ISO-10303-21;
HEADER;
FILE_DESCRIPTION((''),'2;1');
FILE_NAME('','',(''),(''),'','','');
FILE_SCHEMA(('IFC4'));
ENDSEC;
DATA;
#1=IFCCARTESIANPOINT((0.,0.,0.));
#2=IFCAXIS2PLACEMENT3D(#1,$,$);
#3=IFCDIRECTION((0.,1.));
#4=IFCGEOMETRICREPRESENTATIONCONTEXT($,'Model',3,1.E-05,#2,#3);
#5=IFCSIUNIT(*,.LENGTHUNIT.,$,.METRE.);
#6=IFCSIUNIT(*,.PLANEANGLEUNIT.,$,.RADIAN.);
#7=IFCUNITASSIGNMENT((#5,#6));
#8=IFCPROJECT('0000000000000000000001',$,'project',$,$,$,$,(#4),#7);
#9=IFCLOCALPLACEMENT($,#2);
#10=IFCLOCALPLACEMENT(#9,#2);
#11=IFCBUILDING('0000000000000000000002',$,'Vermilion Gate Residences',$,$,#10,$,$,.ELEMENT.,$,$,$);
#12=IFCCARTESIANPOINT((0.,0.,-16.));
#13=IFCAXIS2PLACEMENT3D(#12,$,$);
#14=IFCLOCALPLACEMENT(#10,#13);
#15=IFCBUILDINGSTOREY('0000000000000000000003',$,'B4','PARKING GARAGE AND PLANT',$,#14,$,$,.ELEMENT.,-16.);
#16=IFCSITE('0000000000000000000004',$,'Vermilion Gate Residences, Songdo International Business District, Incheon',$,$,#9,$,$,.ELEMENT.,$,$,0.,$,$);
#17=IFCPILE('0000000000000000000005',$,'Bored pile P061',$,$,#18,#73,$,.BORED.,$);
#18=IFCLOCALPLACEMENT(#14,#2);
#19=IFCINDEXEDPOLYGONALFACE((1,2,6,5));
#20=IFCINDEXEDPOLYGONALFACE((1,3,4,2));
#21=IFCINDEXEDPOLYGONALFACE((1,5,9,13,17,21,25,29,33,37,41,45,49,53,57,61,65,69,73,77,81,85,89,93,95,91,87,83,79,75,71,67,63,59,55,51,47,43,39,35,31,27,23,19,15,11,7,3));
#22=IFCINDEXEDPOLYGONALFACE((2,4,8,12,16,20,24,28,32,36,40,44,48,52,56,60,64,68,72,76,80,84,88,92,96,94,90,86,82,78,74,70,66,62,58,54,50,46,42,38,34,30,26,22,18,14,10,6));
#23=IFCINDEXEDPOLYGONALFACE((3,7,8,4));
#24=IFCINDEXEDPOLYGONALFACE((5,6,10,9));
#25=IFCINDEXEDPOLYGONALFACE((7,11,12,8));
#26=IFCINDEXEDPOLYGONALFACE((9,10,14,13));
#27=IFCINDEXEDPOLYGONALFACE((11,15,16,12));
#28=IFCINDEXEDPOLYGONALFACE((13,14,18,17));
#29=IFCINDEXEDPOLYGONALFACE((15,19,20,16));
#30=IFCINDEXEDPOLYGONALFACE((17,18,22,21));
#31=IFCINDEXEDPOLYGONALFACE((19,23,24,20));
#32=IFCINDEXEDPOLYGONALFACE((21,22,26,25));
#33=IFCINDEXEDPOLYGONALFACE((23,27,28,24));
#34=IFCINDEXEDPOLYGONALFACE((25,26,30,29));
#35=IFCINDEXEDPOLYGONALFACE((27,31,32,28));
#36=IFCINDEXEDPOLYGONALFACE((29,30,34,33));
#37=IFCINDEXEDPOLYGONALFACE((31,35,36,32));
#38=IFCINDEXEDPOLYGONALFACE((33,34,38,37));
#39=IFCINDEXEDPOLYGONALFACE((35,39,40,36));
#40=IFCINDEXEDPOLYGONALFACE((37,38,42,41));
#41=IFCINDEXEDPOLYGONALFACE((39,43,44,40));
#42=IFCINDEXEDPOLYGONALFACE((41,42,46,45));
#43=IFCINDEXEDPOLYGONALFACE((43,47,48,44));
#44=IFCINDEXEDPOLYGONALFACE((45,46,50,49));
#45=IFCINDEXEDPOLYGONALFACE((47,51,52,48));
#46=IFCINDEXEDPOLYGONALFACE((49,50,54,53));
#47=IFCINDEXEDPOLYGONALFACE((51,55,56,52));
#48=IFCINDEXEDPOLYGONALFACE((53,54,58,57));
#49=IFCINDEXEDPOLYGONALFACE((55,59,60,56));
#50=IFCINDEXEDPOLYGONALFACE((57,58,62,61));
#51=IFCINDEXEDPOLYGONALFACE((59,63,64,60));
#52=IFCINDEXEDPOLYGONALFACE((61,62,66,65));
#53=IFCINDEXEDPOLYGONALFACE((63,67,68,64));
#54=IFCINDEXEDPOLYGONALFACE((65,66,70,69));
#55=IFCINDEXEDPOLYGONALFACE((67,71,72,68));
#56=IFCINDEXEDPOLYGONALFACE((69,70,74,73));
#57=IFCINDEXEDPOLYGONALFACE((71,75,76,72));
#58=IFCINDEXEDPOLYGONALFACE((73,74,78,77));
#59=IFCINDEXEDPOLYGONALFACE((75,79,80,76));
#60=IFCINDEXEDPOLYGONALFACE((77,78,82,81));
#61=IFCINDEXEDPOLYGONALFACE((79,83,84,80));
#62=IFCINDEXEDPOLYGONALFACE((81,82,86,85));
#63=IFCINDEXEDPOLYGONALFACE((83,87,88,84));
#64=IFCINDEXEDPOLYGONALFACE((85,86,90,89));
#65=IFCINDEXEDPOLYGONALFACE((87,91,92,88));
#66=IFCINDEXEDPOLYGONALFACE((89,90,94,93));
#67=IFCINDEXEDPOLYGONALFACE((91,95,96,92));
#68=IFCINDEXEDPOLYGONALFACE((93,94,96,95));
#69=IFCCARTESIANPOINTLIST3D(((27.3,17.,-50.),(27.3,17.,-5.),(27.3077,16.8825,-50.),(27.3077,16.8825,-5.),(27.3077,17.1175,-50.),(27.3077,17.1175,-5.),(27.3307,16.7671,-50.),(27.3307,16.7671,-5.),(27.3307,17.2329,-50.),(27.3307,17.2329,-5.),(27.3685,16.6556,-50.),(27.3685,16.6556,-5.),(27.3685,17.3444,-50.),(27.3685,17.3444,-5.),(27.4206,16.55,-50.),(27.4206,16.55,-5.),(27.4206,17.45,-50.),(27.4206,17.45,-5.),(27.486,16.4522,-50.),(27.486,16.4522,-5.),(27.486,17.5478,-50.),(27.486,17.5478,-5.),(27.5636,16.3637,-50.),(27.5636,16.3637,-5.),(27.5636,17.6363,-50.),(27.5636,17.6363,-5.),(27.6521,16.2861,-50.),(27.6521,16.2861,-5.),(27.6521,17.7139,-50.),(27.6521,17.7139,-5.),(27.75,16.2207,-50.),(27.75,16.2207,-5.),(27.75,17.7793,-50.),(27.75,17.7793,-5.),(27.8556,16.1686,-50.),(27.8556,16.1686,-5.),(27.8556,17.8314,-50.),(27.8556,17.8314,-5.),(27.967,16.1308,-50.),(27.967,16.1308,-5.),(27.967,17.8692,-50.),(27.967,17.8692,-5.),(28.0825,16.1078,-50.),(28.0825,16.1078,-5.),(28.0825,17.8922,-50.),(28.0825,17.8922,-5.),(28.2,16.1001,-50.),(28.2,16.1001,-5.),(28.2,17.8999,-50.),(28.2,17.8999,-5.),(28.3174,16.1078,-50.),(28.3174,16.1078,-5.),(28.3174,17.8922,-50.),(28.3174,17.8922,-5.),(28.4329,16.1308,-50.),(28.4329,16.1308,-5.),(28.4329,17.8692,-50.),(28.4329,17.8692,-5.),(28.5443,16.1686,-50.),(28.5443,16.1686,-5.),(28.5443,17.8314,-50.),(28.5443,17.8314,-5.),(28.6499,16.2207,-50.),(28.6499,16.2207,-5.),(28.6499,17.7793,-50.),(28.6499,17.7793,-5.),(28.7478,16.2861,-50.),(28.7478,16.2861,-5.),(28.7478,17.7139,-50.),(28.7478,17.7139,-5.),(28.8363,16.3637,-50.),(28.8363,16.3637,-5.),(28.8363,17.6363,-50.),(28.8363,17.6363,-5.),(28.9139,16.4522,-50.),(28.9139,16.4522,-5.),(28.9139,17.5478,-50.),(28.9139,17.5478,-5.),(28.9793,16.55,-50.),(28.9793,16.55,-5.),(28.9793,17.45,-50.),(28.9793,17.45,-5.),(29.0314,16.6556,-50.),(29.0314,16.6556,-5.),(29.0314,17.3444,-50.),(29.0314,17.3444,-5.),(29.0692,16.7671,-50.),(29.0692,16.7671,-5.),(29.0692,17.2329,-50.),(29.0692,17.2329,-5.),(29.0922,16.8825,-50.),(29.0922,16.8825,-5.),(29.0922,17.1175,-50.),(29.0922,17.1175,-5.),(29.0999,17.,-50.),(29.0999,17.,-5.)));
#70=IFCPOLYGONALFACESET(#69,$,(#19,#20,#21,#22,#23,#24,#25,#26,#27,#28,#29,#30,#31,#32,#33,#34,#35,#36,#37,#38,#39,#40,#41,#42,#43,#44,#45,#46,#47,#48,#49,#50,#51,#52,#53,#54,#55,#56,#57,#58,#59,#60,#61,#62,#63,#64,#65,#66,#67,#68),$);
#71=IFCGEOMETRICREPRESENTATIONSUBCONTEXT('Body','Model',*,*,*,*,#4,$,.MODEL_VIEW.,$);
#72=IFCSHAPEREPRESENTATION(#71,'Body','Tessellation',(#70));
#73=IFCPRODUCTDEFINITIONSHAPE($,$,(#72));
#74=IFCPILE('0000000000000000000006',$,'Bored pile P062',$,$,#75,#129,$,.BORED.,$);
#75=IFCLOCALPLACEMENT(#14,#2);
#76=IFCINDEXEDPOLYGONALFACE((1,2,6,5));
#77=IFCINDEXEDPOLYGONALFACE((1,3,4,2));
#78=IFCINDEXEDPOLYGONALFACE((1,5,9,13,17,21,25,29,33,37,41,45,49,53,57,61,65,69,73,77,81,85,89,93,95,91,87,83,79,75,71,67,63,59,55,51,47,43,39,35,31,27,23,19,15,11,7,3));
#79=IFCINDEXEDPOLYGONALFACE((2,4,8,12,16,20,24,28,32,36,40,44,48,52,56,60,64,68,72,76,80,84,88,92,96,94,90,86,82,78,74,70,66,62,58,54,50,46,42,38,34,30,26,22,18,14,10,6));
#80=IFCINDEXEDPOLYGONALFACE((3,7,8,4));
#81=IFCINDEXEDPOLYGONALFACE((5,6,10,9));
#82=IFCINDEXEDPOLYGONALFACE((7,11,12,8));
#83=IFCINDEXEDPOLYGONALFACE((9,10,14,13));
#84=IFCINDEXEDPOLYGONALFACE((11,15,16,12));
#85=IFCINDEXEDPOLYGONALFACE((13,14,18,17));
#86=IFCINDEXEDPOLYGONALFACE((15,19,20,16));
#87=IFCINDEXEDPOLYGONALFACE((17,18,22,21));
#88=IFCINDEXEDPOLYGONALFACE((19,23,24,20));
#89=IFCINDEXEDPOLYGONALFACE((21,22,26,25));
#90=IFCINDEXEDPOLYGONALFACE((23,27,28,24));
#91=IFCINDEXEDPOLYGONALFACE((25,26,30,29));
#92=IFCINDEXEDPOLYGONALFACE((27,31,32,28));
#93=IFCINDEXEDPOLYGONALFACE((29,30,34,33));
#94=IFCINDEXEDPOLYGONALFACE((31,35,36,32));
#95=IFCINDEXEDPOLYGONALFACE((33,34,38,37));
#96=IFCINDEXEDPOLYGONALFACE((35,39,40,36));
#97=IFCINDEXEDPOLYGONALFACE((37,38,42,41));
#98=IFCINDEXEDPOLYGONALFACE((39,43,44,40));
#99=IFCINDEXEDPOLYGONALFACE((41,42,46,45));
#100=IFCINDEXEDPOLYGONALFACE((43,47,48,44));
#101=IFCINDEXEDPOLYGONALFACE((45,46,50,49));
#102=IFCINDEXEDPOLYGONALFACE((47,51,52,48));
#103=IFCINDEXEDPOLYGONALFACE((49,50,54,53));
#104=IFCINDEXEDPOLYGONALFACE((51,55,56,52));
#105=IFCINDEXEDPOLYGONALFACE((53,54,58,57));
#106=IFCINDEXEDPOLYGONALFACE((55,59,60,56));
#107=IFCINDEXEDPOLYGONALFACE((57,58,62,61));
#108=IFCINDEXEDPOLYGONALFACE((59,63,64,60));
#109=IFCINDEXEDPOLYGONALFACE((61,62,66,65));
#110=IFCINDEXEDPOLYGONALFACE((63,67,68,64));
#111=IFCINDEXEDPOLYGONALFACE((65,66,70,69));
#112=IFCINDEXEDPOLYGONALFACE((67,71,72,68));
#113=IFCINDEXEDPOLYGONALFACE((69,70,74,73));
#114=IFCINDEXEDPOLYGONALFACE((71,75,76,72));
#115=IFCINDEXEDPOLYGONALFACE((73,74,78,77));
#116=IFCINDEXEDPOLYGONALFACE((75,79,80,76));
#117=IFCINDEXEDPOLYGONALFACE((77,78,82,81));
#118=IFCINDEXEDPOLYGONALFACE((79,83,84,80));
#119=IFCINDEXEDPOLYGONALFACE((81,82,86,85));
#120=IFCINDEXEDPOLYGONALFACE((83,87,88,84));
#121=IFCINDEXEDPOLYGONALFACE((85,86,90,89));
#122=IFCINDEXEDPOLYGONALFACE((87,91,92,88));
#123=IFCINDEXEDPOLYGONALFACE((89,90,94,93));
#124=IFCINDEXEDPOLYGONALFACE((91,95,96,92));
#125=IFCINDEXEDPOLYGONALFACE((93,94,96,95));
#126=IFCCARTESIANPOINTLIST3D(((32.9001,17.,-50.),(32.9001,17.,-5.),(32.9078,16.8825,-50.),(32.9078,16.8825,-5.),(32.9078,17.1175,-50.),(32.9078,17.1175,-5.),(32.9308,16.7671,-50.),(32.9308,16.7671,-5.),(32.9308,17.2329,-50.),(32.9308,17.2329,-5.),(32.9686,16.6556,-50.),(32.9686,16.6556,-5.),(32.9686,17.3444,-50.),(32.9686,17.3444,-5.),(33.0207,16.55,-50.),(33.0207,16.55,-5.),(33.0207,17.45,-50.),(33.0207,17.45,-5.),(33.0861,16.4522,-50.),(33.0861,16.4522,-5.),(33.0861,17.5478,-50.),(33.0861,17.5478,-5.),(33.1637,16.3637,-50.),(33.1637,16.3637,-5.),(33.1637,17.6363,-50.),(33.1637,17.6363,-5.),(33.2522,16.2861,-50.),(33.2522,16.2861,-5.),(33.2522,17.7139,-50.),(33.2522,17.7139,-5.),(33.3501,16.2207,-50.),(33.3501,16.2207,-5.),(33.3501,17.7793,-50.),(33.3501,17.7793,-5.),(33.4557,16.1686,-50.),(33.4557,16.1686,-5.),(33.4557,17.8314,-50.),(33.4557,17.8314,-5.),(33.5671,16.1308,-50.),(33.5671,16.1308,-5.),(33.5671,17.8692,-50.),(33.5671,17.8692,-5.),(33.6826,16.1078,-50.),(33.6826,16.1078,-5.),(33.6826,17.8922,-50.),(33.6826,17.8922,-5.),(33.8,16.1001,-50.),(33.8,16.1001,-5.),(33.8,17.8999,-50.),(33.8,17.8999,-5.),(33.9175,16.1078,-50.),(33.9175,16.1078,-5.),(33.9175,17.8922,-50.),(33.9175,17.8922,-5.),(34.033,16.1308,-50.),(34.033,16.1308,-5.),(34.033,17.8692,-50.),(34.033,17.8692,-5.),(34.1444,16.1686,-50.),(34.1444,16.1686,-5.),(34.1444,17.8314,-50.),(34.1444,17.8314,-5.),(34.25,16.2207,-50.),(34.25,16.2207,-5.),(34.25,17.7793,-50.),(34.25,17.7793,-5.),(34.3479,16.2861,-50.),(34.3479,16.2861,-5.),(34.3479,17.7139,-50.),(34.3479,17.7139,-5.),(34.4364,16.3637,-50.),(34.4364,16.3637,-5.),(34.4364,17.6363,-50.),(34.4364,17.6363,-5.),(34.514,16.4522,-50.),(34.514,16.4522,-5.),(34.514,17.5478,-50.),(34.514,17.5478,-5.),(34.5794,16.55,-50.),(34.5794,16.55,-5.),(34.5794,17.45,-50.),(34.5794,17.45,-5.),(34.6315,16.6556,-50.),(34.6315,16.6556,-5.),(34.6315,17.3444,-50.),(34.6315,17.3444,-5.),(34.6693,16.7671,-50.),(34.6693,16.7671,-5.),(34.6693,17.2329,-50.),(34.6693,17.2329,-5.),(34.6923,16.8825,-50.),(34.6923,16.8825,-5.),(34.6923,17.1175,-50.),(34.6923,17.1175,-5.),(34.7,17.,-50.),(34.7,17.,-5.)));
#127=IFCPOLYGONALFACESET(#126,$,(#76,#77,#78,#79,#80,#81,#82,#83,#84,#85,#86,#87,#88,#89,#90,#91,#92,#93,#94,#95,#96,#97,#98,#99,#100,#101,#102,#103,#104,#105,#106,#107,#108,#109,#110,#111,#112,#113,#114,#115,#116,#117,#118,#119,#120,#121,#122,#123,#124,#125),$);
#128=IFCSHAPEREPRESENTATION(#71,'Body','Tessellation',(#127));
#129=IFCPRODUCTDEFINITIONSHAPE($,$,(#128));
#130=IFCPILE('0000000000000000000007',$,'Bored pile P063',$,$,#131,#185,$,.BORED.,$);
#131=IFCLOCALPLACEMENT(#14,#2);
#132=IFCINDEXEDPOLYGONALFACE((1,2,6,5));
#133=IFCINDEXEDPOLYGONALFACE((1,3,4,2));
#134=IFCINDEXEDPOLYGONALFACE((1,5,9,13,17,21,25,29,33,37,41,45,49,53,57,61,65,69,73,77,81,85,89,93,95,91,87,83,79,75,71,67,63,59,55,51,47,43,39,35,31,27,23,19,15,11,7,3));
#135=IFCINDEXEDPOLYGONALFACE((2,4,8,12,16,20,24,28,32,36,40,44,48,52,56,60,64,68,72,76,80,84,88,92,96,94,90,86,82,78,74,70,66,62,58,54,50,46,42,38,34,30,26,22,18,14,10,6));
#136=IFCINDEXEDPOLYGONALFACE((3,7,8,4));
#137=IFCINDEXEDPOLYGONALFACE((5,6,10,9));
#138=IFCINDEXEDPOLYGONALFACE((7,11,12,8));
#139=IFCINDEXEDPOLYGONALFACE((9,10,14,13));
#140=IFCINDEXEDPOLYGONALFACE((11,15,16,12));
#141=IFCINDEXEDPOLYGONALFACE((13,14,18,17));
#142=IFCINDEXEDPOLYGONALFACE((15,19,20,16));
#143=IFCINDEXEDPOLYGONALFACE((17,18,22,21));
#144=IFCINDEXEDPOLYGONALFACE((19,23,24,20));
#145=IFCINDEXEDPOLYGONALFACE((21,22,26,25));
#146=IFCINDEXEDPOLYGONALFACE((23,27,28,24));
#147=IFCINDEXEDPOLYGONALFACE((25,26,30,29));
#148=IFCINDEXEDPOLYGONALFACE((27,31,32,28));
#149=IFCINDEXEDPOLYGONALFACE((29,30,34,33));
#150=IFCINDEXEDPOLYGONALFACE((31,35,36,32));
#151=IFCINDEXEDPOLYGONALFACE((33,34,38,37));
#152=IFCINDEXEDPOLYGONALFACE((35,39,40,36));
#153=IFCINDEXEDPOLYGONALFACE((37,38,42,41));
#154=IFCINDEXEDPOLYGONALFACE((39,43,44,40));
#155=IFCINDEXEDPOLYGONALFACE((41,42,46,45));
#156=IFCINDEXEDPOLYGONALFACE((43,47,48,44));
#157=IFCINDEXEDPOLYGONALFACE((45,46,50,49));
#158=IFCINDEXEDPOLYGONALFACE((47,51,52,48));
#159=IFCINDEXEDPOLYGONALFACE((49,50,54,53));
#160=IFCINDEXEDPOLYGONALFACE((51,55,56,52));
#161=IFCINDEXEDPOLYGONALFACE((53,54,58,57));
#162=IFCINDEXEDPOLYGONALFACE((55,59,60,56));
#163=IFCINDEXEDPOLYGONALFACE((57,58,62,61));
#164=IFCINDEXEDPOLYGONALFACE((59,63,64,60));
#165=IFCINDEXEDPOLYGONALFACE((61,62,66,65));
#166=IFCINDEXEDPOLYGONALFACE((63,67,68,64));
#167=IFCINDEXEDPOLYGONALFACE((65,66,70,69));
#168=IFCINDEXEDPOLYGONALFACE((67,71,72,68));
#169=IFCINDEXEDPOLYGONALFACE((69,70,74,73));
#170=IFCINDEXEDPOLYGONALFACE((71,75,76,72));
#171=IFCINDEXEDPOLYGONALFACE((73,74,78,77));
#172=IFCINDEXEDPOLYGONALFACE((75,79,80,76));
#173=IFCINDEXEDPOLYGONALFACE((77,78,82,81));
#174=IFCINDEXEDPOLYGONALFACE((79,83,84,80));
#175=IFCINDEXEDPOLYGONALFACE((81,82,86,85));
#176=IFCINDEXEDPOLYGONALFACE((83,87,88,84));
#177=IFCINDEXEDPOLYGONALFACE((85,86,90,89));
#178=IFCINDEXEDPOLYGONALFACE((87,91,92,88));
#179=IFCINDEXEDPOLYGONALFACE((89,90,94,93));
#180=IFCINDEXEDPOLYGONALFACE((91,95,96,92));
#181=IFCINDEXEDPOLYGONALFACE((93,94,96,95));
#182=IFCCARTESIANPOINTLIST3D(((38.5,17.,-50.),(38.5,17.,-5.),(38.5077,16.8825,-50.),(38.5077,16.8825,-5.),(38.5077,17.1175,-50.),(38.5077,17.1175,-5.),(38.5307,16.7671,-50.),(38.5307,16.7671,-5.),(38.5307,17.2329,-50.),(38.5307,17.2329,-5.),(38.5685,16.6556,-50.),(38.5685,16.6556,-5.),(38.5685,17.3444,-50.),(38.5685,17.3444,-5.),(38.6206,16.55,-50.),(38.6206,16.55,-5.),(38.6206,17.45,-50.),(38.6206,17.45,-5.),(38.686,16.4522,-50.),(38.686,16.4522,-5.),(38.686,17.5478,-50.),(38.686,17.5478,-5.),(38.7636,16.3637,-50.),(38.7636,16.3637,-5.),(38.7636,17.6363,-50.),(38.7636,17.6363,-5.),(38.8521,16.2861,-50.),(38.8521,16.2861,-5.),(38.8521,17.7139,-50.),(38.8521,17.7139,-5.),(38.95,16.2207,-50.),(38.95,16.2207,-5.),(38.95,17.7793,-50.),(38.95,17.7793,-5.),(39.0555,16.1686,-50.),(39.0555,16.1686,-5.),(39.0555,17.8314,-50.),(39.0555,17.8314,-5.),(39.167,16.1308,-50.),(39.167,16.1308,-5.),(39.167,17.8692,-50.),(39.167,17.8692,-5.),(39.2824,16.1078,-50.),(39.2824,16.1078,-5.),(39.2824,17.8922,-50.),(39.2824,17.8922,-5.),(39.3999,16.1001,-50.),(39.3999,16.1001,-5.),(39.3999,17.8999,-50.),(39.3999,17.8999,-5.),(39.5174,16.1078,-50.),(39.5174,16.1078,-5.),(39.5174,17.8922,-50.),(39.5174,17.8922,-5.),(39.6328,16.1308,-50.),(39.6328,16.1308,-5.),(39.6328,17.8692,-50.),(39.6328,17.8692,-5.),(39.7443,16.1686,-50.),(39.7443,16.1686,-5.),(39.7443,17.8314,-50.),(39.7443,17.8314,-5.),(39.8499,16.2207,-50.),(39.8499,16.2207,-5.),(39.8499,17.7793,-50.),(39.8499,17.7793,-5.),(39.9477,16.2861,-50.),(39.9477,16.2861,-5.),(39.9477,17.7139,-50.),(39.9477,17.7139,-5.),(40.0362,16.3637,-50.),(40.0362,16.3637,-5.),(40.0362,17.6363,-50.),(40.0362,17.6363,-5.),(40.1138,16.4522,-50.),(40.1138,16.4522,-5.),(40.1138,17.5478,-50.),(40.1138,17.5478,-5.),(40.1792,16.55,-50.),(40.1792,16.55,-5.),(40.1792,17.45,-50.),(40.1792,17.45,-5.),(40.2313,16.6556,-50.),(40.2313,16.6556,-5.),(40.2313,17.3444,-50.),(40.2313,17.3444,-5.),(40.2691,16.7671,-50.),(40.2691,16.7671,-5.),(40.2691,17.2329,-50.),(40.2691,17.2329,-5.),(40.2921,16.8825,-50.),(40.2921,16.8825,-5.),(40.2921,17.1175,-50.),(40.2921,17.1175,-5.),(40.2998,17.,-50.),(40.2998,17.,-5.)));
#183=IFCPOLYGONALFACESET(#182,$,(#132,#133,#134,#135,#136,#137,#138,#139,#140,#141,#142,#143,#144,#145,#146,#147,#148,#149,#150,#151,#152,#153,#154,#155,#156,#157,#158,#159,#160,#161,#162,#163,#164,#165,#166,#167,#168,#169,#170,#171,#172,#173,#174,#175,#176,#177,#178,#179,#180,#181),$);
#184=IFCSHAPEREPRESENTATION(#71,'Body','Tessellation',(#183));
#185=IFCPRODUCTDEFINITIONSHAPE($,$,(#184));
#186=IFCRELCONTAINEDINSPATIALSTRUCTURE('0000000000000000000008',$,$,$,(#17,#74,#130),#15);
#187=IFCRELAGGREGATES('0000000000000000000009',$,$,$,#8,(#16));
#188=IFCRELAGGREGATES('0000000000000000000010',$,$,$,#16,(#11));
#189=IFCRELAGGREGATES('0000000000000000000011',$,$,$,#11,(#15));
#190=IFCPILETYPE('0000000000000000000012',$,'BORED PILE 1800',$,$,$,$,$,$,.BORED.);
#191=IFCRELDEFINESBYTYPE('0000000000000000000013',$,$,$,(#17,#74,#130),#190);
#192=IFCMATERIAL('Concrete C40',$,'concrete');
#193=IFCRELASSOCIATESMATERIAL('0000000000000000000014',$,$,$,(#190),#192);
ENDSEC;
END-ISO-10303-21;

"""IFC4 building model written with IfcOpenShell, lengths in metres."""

from ifc_helpers import new_model, si_unit, direction, frame, origin, origin_2d, place, context, subcontext, project, spatial, circle, extrude, material, material_profile, profile_set, type_object, element, save


model = new_model("IFC4")

# Units and contexts
model_context = context("Model", 3, precision=1e-05, world=origin(), true_north=direction((0.0, 1.0)))
body_context = subcontext(model_context, "Body", "Model", "MODEL_VIEW")
ifc_project = project(units=[si_unit("LENGTHUNIT", "METRE"), si_unit("PLANEANGLEUNIT", "RADIAN")], contexts=[model_context])

# Site, building, storey
site_placement = place(None, origin())
site = spatial("IfcSite", under=ifc_project, at=site_placement, Name="Vermilion Gate Residences, Songdo International Business District, Incheon", CompositionType="ELEMENT", RefElevation=0.0)
building_placement = place(site_placement, origin())
building = spatial("IfcBuilding", under=site, at=building_placement, Name="Vermilion Gate Residences", CompositionType="ELEMENT")
storey_placement = place(building_placement, frame((0.0, 0.0, -16.0)))
storey = spatial("IfcBuildingStorey", under=building, at=storey_placement, Name="B4", Description="PARKING GARAGE AND PLANT", CompositionType="ELEMENT", Elevation=-16.0)

# Piles
ifc_material_1 = material(Name="Concrete C40", Category="concrete")
ifc_material_profile_1 = material_profile(ifc_material_1, circle(Radius=0.8999, at=origin_2d()), Name="BORED PILE 1800")
ifc_profile_set_1 = profile_set([ifc_material_profile_1], Name="Concrete C40")
pile_type_1 = type_object("IfcPileType", Name="BORED PILE 1800", PredefinedType="BORED", material=ifc_profile_set_1)
for number, where, z_axis, x_axis, name in (
    (1, (28.2, 17.0, -5.0), (0.0, 0.0, -1.0), (1.0, 0.0, 0.0), "Bored pile P061"),
    (2, (33.8, 17.0, -5.0), (0.0, 0.0, -1.0), (1.0, 0.0, 0.0), "Bored pile P062"),
    (3, (39.3999, 17.0, -5.0), (0.0, 0.0, -1.0), (1.0, 0.0, 0.0), "Bored pile P063"),
):
    element("IfcPile", number, at=place(storey_placement, frame(where, z_axis=z_axis, x_axis=x_axis)), inside=storey, type_object=pile_type_1, Name=name, PredefinedType="BORED", context=body_context, shape_type="SweptSolid", body=[
        extrude(circle(Radius=0.8999, at=origin_2d()), origin(), (0.0, 0.0, 1.0), 45.0),
    ])

save(model, "model.ifc")
